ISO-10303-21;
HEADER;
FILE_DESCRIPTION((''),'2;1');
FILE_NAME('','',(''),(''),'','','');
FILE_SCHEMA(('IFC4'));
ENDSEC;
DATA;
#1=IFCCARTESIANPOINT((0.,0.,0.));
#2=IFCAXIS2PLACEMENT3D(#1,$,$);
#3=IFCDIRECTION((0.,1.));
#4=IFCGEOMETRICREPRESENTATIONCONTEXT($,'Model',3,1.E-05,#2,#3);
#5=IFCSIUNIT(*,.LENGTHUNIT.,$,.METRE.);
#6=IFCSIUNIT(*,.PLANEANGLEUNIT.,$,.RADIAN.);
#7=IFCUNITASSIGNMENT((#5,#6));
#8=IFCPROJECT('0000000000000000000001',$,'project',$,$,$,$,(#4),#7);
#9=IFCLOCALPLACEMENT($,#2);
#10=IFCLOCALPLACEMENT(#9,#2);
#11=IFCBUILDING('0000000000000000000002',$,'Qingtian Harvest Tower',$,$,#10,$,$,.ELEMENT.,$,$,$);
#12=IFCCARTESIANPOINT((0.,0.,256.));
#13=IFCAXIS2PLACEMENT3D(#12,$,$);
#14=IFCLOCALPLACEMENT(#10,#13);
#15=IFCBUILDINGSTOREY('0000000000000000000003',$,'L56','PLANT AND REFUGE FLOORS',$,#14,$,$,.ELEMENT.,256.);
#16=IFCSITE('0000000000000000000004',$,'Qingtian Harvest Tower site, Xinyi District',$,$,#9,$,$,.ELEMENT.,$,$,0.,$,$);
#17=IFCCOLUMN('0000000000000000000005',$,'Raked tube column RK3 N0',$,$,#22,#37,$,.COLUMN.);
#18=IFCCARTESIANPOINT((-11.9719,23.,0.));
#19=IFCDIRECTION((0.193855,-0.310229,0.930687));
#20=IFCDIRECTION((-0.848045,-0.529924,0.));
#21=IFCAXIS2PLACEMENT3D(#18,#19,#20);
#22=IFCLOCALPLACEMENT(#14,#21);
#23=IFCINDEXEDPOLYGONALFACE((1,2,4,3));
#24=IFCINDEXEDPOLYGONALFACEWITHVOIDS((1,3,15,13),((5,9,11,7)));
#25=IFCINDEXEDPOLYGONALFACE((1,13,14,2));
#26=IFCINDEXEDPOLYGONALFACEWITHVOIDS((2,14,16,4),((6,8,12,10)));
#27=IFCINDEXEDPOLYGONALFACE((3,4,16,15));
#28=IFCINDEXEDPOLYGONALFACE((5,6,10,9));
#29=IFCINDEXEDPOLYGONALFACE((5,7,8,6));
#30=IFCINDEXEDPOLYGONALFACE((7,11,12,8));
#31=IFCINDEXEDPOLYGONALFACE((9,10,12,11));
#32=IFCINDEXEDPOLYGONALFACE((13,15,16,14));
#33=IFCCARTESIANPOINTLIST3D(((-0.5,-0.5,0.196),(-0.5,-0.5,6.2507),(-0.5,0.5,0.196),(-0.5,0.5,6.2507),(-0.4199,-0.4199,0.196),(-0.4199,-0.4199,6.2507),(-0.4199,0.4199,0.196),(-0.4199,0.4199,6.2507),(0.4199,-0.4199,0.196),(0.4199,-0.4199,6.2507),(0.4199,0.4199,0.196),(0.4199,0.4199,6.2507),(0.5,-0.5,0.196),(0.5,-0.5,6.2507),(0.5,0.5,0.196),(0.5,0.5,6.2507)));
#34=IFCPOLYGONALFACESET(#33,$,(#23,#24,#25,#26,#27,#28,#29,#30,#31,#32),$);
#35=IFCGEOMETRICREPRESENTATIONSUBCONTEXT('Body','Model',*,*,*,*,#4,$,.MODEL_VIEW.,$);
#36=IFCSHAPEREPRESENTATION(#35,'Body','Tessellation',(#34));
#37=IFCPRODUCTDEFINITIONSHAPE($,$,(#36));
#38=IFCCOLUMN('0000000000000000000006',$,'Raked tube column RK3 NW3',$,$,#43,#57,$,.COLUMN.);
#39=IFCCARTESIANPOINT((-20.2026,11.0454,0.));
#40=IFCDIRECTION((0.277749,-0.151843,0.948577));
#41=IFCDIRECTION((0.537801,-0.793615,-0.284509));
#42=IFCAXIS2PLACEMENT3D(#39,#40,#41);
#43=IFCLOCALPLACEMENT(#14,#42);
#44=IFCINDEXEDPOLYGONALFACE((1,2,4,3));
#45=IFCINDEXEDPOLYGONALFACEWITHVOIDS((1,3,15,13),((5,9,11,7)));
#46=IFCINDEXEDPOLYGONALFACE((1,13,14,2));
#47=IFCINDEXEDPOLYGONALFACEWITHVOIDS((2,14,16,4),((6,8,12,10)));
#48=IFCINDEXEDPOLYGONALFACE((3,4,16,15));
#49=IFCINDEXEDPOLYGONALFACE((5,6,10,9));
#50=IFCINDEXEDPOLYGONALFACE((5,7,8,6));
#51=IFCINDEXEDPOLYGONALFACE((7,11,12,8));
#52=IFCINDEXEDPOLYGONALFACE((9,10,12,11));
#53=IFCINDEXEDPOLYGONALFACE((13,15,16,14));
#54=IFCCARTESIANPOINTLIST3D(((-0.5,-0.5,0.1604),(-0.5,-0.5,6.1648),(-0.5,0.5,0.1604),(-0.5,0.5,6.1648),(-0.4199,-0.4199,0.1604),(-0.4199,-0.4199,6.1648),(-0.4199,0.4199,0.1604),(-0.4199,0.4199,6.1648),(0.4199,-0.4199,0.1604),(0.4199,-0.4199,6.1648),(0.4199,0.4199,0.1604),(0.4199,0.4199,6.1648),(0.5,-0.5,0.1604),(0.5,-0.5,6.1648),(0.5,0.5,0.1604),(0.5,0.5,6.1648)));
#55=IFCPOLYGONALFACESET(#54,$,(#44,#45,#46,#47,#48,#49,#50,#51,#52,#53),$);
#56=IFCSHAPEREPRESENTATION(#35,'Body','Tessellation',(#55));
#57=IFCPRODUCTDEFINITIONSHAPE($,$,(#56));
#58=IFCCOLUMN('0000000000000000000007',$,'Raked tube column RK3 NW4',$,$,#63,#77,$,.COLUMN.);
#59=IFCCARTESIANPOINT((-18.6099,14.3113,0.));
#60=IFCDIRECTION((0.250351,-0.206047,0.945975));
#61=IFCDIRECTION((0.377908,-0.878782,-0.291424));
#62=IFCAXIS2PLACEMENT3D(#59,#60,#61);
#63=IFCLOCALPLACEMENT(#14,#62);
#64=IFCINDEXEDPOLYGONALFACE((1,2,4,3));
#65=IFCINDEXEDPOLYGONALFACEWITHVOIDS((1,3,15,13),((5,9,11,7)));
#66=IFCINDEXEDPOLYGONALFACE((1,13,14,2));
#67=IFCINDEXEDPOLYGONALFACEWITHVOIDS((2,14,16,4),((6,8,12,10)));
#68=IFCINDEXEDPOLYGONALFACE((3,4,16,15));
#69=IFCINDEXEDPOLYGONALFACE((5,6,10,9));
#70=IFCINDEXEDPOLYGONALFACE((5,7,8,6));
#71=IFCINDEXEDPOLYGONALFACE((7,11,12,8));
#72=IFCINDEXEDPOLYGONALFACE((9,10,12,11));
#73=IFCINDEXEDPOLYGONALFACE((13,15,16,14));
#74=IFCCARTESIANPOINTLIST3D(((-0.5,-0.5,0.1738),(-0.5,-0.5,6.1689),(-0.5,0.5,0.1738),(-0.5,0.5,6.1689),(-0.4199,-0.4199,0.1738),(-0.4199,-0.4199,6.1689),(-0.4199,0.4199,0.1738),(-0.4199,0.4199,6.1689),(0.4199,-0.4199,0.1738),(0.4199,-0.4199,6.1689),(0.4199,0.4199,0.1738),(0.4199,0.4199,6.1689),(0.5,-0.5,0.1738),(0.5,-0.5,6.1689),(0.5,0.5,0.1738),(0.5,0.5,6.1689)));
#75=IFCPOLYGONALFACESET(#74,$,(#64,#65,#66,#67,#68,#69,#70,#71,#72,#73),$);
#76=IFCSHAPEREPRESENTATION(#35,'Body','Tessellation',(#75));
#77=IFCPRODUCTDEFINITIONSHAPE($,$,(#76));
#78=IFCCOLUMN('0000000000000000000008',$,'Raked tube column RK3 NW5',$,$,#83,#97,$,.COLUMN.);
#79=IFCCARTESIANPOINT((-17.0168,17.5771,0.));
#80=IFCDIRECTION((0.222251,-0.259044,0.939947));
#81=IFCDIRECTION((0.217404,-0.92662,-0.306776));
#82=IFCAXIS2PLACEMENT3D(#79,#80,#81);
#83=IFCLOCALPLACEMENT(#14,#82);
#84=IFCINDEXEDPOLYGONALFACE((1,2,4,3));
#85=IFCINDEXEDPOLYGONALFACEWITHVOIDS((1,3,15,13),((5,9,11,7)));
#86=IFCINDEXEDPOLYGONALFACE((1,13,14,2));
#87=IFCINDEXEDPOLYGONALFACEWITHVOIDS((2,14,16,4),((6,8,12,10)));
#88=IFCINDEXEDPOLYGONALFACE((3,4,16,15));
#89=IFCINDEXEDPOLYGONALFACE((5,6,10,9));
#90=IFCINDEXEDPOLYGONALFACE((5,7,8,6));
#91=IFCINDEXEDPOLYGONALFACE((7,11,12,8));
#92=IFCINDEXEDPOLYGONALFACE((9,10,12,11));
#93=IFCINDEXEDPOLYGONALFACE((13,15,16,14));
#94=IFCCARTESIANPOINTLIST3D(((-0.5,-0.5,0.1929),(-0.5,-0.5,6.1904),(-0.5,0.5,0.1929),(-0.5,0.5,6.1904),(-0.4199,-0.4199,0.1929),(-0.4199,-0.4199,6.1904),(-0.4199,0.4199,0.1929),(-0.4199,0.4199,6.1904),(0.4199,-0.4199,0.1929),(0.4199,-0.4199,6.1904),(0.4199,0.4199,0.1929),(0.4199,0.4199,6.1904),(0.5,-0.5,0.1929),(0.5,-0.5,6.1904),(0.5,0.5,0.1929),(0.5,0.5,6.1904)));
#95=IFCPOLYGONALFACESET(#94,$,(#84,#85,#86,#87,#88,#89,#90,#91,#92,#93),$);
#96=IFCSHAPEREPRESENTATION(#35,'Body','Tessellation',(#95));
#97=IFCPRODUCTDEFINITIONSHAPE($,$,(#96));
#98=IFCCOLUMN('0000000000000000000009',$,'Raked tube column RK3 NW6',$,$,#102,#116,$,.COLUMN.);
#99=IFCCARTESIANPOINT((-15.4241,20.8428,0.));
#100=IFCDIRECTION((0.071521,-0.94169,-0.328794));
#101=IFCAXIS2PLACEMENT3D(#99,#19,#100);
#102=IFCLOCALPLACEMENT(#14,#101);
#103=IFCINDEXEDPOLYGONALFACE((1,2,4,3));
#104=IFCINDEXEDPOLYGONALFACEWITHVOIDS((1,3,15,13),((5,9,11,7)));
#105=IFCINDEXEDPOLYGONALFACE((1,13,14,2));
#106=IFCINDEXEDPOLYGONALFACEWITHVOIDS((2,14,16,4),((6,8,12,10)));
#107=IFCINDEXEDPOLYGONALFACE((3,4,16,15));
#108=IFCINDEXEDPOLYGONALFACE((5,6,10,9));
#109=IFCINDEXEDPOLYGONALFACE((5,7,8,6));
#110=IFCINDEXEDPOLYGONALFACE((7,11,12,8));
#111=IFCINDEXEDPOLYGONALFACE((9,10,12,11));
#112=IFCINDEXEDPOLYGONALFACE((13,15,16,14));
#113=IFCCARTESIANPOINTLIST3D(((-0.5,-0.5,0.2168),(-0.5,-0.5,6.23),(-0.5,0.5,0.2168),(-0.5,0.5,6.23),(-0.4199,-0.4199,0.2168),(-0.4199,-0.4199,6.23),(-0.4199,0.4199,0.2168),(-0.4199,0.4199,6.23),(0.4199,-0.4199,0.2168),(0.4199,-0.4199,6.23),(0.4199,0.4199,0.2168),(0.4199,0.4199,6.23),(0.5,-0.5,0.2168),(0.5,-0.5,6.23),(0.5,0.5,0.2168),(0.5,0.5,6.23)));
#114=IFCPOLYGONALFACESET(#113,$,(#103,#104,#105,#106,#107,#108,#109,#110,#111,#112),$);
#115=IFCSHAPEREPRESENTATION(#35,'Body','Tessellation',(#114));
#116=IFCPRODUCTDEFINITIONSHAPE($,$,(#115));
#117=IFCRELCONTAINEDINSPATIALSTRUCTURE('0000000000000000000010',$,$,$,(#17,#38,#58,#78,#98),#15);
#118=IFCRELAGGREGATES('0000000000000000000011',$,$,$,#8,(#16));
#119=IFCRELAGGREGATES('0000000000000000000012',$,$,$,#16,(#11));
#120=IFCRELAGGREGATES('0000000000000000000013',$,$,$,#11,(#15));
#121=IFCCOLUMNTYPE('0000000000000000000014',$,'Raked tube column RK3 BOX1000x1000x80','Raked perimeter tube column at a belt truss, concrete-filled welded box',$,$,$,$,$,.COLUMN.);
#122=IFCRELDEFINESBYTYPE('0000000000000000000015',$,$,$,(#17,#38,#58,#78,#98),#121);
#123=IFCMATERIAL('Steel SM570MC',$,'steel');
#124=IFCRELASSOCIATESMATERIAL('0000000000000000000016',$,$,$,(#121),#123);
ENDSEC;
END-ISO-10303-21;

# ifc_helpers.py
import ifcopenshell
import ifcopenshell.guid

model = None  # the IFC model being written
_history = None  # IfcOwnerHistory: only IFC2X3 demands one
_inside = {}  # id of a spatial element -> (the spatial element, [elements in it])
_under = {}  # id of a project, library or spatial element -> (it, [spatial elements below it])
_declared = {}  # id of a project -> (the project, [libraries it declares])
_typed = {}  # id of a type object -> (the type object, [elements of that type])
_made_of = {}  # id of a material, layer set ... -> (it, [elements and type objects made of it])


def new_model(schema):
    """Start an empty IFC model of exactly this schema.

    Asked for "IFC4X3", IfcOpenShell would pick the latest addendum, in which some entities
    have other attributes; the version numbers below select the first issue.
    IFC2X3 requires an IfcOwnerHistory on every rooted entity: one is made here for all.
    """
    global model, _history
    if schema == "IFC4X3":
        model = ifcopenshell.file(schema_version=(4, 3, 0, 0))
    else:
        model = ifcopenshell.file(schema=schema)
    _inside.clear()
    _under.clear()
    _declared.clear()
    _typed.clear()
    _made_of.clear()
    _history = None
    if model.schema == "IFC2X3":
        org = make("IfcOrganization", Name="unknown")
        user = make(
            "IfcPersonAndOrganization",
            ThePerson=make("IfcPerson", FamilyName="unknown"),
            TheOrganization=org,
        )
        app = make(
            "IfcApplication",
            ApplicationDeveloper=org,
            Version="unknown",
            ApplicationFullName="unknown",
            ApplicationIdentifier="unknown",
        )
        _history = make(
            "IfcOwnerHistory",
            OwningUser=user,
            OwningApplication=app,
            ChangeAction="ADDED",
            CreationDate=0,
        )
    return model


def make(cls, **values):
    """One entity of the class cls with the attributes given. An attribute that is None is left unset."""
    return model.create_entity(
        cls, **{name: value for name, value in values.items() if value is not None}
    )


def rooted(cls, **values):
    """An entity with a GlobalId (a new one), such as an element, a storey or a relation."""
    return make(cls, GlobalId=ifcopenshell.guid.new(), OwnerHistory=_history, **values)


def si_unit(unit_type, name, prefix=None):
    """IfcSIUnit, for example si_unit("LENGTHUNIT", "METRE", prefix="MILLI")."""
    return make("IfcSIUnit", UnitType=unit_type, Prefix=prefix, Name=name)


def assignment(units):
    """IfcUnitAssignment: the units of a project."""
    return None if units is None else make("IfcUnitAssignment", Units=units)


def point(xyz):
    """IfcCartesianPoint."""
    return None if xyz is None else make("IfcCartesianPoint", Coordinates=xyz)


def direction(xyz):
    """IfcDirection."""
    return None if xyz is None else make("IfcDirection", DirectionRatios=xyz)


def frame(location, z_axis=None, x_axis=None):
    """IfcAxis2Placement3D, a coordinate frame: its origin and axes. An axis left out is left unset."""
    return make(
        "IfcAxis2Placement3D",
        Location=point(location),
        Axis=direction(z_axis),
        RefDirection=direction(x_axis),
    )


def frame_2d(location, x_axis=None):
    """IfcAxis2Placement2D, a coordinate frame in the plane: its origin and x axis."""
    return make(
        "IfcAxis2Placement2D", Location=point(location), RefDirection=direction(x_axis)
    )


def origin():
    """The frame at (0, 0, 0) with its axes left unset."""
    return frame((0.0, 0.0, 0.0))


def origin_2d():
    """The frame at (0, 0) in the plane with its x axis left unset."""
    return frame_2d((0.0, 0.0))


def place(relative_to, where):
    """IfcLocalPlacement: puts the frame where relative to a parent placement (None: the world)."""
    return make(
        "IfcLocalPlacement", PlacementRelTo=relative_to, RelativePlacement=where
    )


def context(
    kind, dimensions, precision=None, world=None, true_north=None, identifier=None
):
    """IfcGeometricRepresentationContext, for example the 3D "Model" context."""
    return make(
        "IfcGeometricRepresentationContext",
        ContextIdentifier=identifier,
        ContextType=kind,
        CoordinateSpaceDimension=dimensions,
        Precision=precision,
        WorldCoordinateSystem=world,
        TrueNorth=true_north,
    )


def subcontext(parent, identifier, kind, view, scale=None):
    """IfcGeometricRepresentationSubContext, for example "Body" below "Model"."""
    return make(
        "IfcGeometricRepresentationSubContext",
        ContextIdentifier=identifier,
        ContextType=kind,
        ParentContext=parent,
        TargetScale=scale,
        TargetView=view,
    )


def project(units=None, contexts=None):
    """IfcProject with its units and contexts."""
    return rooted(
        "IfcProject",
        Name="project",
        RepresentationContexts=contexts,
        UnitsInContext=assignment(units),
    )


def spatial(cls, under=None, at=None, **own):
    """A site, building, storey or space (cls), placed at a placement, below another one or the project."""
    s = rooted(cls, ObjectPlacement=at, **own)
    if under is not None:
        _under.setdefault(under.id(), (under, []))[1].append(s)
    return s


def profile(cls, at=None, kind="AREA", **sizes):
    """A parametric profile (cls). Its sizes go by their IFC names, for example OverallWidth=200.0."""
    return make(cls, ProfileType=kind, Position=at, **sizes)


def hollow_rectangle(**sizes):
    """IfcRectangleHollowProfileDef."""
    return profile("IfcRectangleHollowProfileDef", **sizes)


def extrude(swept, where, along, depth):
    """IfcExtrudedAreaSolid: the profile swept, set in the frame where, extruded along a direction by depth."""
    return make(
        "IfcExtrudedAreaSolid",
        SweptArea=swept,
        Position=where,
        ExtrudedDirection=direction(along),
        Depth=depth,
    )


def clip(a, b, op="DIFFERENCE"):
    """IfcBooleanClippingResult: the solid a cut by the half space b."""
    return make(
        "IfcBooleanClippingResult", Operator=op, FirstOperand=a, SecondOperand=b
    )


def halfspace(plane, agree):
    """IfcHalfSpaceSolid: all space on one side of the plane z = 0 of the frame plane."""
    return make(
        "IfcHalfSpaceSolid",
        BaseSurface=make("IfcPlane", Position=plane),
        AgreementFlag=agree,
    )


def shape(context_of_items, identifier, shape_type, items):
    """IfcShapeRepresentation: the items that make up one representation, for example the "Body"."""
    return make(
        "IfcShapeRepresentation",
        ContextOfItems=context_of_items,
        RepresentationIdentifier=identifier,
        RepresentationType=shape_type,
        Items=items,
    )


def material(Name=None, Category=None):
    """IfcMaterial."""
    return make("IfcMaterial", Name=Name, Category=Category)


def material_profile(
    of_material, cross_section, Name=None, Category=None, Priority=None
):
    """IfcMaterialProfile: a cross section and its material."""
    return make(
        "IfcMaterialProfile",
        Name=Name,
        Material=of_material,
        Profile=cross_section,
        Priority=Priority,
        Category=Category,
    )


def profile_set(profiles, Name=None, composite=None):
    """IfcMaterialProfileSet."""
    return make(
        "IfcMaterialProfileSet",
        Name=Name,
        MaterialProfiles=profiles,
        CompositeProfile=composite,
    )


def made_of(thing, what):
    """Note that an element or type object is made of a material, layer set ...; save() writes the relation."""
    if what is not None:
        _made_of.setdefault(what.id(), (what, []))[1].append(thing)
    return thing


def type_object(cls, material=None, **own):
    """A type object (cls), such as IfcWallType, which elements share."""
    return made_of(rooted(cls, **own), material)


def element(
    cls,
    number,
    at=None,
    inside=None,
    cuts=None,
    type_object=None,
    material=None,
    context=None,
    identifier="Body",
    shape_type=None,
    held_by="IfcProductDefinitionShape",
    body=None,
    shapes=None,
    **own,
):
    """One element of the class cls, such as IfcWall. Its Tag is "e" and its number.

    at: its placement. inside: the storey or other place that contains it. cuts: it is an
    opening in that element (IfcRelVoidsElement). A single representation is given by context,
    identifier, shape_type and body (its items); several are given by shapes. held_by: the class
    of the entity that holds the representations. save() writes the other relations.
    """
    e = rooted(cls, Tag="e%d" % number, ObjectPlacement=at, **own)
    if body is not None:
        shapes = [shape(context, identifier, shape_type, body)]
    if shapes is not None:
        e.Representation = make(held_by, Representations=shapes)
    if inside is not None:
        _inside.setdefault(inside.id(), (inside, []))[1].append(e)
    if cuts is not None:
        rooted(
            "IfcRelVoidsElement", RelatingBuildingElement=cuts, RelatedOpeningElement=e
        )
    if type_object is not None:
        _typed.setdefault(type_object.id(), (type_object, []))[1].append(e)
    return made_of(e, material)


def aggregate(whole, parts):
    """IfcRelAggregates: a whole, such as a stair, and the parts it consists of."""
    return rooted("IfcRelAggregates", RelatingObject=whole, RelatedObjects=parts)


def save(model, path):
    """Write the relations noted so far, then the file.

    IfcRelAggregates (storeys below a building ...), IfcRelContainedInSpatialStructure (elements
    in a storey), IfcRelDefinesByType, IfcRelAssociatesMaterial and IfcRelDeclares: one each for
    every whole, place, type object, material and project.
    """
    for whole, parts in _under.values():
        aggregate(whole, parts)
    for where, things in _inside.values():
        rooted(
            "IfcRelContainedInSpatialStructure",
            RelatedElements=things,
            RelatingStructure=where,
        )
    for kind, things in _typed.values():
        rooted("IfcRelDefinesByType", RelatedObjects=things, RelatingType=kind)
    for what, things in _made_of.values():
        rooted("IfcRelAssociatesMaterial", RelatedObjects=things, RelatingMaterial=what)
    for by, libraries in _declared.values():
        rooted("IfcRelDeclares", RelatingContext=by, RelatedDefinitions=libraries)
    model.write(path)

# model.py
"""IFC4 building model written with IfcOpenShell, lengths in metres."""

from ifc_helpers import new_model, si_unit, direction, frame, origin, origin_2d, place, context, subcontext, project, spatial, hollow_rectangle, extrude, clip, halfspace, material, material_profile, profile_set, type_object, element, save


model = new_model("IFC4")

# Units and contexts
model_context = context("Model", 3, precision=1e-05, world=origin(), true_north=direction((0.0, 1.0)))
body_context = subcontext(model_context, "Body", "Model", "MODEL_VIEW")
ifc_project = project(units=[si_unit("LENGTHUNIT", "METRE"), si_unit("PLANEANGLEUNIT", "RADIAN")], contexts=[model_context])

# Site, building, storey
site_placement = place(None, origin())
site = spatial("IfcSite", under=ifc_project, at=site_placement, Name="Qingtian Harvest Tower site, Xinyi District", CompositionType="ELEMENT", RefElevation=0.0)
building_placement = place(site_placement, origin())
building = spatial("IfcBuilding", under=site, at=building_placement, Name="Qingtian Harvest Tower", CompositionType="ELEMENT")
storey_placement = place(building_placement, frame((0.0, 0.0, 256.0)))
storey = spatial("IfcBuildingStorey", under=building, at=storey_placement, Name="L56", Description="PLANT AND REFUGE FLOORS", CompositionType="ELEMENT", Elevation=256.0)

# Columns
ifc_material_1 = material(Name="Steel SM570MC", Category="steel")
ifc_material_profile_1 = material_profile(ifc_material_1, hollow_rectangle(XDim=1.0, YDim=1.0, WallThickness=0.0801, at=origin_2d()), Name="BOX1000x1000x80")
ifc_profile_set_1 = profile_set([ifc_material_profile_1], Name="Steel SM570MC")
column_type = type_object("IfcColumnType", Name="Raked tube column RK3 BOX1000x1000x80", Description="Raked perimeter tube column at a belt truss, concrete-filled welded box", PredefinedType="COLUMN", material=ifc_profile_set_1)
column_1_placement = place(storey_placement, frame((-11.9719, 23.0, 0.0), z_axis=(0.193855, -0.310229, 0.930687), x_axis=(-0.848045, -0.529924, 0.0)))
element("IfcColumn", 1, at=column_1_placement, inside=storey, type_object=column_type, Name="Raked tube column RK3 N0", PredefinedType="COLUMN", context=body_context, shape_type="Clipping", body=[
    clip(clip(extrude(hollow_rectangle(XDim=1.0, YDim=1.0, WallThickness=0.0801, at=origin_2d()), origin(), (0.0, 0.0, 1.0), 6.4468), halfspace(frame((0.0, 0.0, 0.196), z_axis=(0.0, 0.0, -1.0), x_axis=(0.0, -1.0, 0.0)), False)), halfspace(frame((0.0, 0.0, 6.2507), z_axis=(0.0, 0.0, 1.0), x_axis=(0.0, 1.0, 0.0)), False)),
])
column_2_placement = place(storey_placement, frame((-20.2026, 11.0454, 0.0), z_axis=(0.277749, -0.151843, 0.948577), x_axis=(0.537801, -0.793615, -0.284509)))
element("IfcColumn", 2, at=column_2_placement, inside=storey, type_object=column_type, Name="Raked tube column RK3 NW3", PredefinedType="COLUMN", context=body_context, shape_type="Clipping", body=[
    clip(clip(extrude(hollow_rectangle(XDim=1.0, YDim=1.0, WallThickness=0.0801, at=origin_2d()), origin(), (0.0, 0.0, 1.0), 6.3252), halfspace(frame((0.0, 0.0, 0.1604), z_axis=(0.0, 0.0, -1.0), x_axis=(0.0, -1.0, 0.0)), False)), halfspace(frame((0.0, 0.0, 6.1648), z_axis=(0.0, 0.0, 1.0), x_axis=(0.0, 1.0, 0.0)), False)),
])
column_3_placement = place(storey_placement, frame((-18.6099, 14.3113, 0.0), z_axis=(0.250351, -0.206047, 0.945975), x_axis=(0.377908, -0.878782, -0.291424)))
element("IfcColumn", 3, at=column_3_placement, inside=storey, type_object=column_type, Name="Raked tube column RK3 NW4", PredefinedType="COLUMN", context=body_context, shape_type="Clipping", body=[
    clip(clip(extrude(hollow_rectangle(XDim=1.0, YDim=1.0, WallThickness=0.0801, at=origin_2d()), origin(), (0.0, 0.0, 1.0), 6.3428), halfspace(frame((0.0, 0.0, 0.1738), z_axis=(0.0, 0.0, -1.0), x_axis=(0.0, -1.0, 0.0)), False)), halfspace(frame((0.0, 0.0, 6.1689), z_axis=(0.0, 0.0, 1.0), x_axis=(0.0, 1.0, 0.0)), False)),
])
column_4_placement = place(storey_placement, frame((-17.0168, 17.5771, 0.0), z_axis=(0.222251, -0.259044, 0.939947), x_axis=(0.217404, -0.92662, -0.306776)))
element("IfcColumn", 4, at=column_4_placement, inside=storey, type_object=column_type, Name="Raked tube column RK3 NW5", PredefinedType="COLUMN", context=body_context, shape_type="Clipping", body=[
    clip(clip(extrude(hollow_rectangle(XDim=1.0, YDim=1.0, WallThickness=0.0801, at=origin_2d()), origin(), (0.0, 0.0, 1.0), 6.3833), halfspace(frame((0.0, 0.0, 0.1929), z_axis=(0.0, 0.0, -1.0), x_axis=(0.0, -1.0, 0.0)), False)), halfspace(frame((0.0, 0.0, 6.1904), z_axis=(0.0, 0.0, 1.0), x_axis=(0.0, 1.0, 0.0)), False)),
])
column_5_placement = place(storey_placement, frame((-15.4241, 20.8428, 0.0), z_axis=(0.193855, -0.310229, 0.930687), x_axis=(0.071521, -0.94169, -0.328794)))
element("IfcColumn", 5, at=column_5_placement, inside=storey, type_object=column_type, Name="Raked tube column RK3 NW6", PredefinedType="COLUMN", context=body_context, shape_type="Clipping", body=[
    clip(clip(extrude(hollow_rectangle(XDim=1.0, YDim=1.0, WallThickness=0.0801, at=origin_2d()), origin(), (0.0, 0.0, 1.0), 6.4468), halfspace(frame((0.0, 0.0, 0.2168), z_axis=(0.0, 0.0, -1.0), x_axis=(0.0, -1.0, 0.0)), False)), halfspace(frame((0.0, 0.0, 6.23), z_axis=(0.0, 0.0, 1.0), x_axis=(0.0, 1.0, 0.0)), False)),
])

save(model, "model.ifc")
